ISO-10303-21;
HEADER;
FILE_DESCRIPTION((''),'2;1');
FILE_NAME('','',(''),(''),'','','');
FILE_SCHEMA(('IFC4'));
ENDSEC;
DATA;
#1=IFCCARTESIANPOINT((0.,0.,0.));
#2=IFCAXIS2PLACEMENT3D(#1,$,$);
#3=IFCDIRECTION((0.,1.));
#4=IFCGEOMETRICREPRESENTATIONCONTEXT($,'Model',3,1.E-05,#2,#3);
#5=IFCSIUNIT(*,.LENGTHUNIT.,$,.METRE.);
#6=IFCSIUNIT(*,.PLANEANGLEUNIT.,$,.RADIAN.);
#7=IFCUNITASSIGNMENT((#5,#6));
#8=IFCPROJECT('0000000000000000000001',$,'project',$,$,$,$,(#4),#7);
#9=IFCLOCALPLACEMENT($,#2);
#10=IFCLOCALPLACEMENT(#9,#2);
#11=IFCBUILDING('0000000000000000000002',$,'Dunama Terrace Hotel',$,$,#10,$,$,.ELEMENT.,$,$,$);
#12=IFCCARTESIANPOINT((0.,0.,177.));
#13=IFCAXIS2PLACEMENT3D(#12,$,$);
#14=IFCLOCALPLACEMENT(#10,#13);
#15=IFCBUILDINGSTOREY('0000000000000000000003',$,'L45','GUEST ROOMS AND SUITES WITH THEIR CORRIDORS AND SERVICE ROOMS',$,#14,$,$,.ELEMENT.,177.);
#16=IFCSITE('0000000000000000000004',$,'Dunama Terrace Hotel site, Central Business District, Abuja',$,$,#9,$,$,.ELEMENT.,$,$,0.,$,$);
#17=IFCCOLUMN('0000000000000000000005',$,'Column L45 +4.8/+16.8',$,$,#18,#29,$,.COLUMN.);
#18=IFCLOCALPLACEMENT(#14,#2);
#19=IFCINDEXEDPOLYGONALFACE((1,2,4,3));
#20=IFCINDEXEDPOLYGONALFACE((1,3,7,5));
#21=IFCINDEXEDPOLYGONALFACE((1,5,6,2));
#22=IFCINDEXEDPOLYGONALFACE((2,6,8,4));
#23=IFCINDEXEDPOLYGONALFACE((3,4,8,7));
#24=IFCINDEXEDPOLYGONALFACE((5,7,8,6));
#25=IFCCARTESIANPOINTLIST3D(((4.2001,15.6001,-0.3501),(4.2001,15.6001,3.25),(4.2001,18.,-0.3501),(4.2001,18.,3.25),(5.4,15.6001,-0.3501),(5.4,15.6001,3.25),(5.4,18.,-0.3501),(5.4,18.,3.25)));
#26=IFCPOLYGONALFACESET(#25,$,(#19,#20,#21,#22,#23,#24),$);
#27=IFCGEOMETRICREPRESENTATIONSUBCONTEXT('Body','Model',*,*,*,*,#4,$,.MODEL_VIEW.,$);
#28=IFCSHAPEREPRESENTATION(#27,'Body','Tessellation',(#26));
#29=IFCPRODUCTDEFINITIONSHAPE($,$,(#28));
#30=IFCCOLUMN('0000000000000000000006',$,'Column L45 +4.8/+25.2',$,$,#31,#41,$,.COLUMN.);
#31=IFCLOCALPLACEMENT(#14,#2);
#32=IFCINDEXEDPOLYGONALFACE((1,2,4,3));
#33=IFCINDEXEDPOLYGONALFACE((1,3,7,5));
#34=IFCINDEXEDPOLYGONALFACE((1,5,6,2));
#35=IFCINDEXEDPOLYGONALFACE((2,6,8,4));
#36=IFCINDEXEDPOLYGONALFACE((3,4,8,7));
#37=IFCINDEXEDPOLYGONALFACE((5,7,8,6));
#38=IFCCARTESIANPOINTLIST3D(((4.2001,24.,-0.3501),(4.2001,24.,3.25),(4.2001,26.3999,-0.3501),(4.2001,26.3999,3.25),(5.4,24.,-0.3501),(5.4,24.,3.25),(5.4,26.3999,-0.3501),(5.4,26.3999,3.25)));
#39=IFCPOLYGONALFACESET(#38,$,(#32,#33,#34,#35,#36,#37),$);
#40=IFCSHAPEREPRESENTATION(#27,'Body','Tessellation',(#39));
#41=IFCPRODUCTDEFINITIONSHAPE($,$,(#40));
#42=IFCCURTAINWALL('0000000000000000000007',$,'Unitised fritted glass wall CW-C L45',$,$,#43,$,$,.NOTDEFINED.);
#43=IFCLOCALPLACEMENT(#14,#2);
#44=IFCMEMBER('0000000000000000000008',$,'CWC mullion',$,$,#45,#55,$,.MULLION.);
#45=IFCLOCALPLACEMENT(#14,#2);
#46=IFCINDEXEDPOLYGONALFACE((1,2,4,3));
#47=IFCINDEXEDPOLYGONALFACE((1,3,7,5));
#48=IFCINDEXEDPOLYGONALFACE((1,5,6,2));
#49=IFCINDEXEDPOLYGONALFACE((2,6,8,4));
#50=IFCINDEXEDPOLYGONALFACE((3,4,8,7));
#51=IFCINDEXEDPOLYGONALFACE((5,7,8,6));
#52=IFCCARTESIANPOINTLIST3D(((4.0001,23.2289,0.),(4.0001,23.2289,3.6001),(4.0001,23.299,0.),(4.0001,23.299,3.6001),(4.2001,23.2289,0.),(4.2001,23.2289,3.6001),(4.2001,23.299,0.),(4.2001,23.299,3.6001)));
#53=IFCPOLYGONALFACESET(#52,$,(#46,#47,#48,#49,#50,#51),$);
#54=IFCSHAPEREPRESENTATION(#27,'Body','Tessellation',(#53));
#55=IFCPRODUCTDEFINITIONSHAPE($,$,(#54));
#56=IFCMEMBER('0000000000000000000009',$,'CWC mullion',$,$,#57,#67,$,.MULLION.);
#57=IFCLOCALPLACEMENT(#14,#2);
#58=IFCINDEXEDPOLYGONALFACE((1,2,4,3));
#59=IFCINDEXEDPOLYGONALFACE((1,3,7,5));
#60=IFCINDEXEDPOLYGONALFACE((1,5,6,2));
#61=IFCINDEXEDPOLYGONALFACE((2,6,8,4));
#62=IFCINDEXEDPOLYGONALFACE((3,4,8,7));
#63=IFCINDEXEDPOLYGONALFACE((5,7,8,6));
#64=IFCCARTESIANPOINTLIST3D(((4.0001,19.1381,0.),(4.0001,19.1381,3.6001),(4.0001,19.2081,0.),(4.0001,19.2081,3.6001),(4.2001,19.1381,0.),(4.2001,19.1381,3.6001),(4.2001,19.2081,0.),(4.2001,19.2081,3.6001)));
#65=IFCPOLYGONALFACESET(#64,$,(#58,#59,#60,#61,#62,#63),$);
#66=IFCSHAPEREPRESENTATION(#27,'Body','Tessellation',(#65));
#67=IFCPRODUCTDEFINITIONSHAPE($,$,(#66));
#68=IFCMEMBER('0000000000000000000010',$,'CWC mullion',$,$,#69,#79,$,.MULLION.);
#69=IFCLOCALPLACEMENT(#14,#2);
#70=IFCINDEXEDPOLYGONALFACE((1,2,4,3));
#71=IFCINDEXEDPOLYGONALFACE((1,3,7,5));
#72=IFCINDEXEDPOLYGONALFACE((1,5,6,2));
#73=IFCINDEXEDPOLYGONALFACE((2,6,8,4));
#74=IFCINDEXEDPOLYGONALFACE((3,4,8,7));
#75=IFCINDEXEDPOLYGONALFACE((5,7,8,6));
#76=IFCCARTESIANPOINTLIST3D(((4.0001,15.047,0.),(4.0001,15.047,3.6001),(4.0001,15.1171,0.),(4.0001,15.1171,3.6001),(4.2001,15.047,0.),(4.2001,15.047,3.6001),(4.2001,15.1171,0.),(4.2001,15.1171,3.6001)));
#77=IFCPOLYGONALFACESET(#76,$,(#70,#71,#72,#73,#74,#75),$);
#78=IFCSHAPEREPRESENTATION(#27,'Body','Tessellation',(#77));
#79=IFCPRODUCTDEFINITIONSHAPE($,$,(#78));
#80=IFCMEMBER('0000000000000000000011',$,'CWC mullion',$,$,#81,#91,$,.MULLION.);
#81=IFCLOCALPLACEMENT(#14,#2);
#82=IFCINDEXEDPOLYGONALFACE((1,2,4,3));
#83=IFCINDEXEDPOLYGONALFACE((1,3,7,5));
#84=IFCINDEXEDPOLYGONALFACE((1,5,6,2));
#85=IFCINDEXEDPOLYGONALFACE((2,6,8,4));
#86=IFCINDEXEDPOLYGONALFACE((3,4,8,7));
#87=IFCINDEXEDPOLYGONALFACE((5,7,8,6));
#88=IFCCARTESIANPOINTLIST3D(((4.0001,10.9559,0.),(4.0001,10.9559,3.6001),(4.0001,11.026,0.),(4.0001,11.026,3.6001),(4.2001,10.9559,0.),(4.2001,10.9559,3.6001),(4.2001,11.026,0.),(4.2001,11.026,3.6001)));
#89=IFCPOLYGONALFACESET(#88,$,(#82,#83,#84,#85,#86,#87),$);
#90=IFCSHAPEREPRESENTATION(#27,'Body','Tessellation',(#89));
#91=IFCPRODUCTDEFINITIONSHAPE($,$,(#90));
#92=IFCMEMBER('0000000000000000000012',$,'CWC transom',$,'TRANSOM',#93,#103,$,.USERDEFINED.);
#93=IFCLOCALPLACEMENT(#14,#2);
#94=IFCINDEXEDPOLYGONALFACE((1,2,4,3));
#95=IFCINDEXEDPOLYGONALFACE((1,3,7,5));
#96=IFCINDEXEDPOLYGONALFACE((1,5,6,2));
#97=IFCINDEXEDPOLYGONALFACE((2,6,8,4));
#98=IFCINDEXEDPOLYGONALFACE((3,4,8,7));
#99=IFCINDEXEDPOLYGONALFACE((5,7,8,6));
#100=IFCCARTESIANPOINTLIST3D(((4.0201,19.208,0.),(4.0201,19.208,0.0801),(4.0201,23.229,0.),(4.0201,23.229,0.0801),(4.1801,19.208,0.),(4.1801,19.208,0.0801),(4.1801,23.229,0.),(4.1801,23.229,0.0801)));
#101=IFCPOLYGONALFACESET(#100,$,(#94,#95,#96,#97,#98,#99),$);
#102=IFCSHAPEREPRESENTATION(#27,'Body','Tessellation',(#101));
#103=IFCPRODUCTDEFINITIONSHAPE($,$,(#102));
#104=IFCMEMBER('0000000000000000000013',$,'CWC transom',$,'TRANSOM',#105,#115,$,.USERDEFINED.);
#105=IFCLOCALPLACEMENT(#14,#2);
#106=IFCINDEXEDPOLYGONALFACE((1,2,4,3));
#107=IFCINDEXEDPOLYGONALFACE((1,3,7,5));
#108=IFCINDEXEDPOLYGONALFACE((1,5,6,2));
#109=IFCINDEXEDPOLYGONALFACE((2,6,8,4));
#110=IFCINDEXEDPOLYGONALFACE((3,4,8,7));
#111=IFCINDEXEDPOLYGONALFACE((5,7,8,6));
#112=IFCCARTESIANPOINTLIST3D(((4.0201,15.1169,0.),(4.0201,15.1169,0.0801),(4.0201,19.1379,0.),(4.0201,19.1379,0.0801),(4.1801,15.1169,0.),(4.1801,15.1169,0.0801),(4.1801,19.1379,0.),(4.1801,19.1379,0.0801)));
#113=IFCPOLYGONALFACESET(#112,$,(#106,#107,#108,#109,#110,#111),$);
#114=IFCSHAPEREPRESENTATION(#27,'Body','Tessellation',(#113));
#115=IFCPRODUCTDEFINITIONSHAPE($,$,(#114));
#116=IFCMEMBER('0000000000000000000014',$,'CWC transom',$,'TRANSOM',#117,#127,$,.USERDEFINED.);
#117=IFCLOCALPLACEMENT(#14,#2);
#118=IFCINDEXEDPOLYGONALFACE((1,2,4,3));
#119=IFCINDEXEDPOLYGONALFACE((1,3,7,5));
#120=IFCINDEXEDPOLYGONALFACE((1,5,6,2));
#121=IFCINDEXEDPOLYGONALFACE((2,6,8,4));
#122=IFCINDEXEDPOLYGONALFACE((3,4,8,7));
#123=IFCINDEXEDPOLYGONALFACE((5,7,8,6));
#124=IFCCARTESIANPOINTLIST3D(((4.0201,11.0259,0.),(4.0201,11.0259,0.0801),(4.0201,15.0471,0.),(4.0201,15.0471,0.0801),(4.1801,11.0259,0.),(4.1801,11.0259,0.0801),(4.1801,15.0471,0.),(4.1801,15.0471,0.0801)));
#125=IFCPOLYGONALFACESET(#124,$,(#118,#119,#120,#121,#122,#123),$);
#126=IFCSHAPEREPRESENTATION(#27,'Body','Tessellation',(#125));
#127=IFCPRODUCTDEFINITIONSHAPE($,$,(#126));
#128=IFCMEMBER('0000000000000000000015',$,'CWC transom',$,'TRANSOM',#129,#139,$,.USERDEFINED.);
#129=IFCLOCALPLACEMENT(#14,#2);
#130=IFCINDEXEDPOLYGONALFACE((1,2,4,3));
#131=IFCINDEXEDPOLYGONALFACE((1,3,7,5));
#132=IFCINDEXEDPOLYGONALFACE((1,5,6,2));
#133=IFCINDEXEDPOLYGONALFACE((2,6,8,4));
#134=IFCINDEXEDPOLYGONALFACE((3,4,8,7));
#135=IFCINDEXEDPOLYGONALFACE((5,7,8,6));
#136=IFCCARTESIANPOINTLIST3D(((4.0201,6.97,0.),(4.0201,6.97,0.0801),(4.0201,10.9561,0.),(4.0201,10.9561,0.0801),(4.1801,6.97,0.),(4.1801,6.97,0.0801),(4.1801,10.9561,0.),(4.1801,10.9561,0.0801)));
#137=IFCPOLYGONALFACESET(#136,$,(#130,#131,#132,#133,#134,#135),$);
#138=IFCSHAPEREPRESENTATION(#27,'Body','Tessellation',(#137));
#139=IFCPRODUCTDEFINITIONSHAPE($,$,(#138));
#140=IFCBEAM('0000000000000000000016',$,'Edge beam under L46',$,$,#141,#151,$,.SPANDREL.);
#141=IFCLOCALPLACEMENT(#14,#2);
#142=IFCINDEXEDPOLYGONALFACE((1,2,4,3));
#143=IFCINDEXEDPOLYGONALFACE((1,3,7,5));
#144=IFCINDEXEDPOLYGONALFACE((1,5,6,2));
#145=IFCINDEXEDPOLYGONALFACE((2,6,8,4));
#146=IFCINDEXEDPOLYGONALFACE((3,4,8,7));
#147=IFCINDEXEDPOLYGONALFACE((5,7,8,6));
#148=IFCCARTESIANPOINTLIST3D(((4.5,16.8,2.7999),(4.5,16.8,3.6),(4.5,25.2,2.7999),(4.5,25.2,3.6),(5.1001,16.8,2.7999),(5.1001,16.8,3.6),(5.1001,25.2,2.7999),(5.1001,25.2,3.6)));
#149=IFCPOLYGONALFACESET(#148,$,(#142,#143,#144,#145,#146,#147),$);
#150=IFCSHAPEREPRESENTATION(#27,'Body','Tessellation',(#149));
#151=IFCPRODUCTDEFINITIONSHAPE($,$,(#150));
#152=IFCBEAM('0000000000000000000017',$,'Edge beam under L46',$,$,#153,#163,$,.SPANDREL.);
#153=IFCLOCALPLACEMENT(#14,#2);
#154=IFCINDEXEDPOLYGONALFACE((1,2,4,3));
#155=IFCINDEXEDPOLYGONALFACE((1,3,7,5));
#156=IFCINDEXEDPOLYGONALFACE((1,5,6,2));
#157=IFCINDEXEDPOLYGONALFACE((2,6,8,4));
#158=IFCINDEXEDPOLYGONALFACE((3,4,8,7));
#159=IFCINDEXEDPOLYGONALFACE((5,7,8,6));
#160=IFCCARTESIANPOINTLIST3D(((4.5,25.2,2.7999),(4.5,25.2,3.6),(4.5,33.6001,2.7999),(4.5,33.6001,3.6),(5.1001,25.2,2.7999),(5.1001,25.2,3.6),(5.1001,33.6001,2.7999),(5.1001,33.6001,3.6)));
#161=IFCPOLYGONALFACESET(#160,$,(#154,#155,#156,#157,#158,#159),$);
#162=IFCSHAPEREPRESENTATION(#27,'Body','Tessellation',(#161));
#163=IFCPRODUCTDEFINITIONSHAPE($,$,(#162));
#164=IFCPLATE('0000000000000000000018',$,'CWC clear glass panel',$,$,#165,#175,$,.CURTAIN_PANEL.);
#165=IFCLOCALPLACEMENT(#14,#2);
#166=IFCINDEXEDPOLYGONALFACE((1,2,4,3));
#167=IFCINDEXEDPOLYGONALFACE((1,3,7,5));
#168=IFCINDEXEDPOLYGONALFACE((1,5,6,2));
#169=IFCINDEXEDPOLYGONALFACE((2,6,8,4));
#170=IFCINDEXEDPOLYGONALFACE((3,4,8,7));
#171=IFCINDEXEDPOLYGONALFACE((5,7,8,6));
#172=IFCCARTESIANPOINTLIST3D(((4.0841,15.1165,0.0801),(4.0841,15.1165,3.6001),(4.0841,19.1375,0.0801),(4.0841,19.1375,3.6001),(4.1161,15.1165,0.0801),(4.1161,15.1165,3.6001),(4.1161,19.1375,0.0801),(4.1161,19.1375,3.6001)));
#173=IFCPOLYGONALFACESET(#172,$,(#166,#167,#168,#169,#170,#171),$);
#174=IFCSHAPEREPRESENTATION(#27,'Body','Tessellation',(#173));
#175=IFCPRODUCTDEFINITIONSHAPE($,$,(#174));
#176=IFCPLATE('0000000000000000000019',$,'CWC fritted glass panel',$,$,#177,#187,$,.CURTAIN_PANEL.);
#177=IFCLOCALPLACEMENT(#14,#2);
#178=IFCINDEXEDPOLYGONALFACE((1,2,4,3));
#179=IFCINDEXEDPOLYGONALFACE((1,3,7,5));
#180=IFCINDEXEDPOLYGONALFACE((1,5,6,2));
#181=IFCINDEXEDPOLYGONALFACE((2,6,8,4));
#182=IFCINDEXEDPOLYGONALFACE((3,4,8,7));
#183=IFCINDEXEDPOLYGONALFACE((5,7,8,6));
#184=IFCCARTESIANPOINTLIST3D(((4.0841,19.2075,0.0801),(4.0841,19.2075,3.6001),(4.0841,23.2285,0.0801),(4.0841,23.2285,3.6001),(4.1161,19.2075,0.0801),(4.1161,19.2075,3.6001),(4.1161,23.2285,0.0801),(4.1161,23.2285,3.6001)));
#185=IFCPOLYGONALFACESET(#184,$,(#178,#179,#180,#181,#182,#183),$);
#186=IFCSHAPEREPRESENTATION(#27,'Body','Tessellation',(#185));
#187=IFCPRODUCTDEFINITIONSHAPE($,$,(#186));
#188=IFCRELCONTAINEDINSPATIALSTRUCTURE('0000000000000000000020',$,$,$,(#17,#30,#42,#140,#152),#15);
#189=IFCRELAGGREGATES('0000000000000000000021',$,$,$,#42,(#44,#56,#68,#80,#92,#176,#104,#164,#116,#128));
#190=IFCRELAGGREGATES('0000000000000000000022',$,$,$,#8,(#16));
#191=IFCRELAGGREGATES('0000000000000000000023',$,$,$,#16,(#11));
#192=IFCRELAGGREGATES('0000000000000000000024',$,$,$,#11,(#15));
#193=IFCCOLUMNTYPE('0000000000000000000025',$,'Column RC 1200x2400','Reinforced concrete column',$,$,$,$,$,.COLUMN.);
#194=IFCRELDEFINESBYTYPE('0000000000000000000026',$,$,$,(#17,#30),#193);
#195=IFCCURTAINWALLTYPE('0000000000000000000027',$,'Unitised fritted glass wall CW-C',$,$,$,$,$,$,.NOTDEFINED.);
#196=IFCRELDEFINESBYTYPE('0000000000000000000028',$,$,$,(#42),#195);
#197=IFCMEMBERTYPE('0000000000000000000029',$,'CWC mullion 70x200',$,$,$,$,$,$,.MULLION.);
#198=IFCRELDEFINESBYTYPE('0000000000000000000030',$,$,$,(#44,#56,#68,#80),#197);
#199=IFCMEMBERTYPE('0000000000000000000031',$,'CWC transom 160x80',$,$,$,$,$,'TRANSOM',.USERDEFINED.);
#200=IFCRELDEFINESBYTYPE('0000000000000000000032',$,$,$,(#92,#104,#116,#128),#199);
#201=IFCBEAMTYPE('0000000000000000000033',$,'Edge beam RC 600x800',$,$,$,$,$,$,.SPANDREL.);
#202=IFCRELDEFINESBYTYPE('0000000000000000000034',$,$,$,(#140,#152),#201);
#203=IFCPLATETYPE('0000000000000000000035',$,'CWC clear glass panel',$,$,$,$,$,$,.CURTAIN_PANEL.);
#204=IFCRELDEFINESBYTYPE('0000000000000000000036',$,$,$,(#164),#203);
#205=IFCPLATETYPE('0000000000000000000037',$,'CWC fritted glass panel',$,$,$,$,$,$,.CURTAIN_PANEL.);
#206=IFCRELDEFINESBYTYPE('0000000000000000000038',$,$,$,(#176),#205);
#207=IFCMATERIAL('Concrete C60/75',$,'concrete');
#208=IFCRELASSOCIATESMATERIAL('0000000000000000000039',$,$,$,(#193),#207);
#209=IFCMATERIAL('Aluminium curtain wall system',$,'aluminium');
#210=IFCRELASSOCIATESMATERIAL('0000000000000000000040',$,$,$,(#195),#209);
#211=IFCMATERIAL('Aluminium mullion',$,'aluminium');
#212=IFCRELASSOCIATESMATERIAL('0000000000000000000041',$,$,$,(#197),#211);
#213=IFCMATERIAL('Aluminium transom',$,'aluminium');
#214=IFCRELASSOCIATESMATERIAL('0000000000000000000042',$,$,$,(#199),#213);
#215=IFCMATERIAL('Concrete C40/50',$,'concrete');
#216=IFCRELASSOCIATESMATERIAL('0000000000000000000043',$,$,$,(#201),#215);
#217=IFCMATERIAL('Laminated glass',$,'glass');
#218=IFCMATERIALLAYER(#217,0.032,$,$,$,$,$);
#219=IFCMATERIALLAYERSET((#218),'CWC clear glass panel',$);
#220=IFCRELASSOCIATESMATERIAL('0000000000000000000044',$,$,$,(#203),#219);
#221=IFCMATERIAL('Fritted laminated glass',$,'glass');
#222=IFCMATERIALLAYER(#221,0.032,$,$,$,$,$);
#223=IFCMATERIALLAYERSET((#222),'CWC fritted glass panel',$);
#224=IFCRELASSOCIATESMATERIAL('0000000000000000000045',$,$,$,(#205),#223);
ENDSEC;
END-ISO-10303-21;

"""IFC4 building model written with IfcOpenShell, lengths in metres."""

from ifc_helpers import new_model, si_unit, direction, frame, origin, origin_2d, place, context, subcontext, project, spatial, rectangle, extrude, material, layer, layer_set, material_profile, profile_set, type_object, element, aggregate, save


model = new_model("IFC4")

# Units and contexts
model_context = context("Model", 3, precision=1e-05, world=origin(), true_north=direction((0.0, 1.0)))
body_context = subcontext(model_context, "Body", "Model", "MODEL_VIEW")
ifc_project = project(units=[si_unit("LENGTHUNIT", "METRE"), si_unit("PLANEANGLEUNIT", "RADIAN")], contexts=[model_context])

# Site, building, storey
site_placement = place(None, origin())
site = spatial("IfcSite", under=ifc_project, at=site_placement, Name="Dunama Terrace Hotel site, Central Business District, Abuja", CompositionType="ELEMENT", RefElevation=0.0)
building_placement = place(site_placement, origin())
building = spatial("IfcBuilding", under=site, at=building_placement, Name="Dunama Terrace Hotel", CompositionType="ELEMENT")
storey_placement = place(building_placement, frame((0.0, 0.0, 177.0)))
storey = spatial("IfcBuildingStorey", under=building, at=storey_placement, Name="L45", Description="GUEST ROOMS AND SUITES WITH THEIR CORRIDORS AND SERVICE ROOMS", CompositionType="ELEMENT", Elevation=177.0)

# Columns
ifc_material_1 = material(Name="Concrete C60/75", Category="concrete")
ifc_material_profile_1 = material_profile(ifc_material_1, rectangle(XDim=1.2, YDim=2.3999, at=origin_2d()), Name="RC 1200x2400")
ifc_profile_set_1 = profile_set([ifc_material_profile_1], Name="Concrete C60/75")
column_type = type_object("IfcColumnType", Name="Column RC 1200x2400", Description="Reinforced concrete column", PredefinedType="COLUMN", material=ifc_profile_set_1)
for number, where, z_axis, x_axis, name in (
    (1, (4.8, 16.8, -0.3501), (0.0, 0.0, 1.0), (1.0, 0.0, 0.0), "Column L45 +4.8/+16.8"),
    (2, (4.8, 25.2, -0.3501), (0.0, 0.0, 1.0), (1.0, 0.0, 0.0), "Column L45 +4.8/+25.2"),
):
    element("IfcColumn", number, at=place(storey_placement, frame(where, z_axis=z_axis, x_axis=x_axis)), inside=storey, type_object=column_type, Name=name, PredefinedType="COLUMN", context=body_context, shape_type="SweptSolid", body=[
        extrude(rectangle(XDim=1.2, YDim=2.3999, at=origin_2d()), origin(), (0.0, 0.0, 1.0), 3.6001),
    ])

# Curtain wall, members
ifc_material_2 = material(Name="Aluminium curtain wall system", Category="aluminium")
curtain_wall_type = type_object("IfcCurtainWallType", Name="Unitised fritted glass wall CW-C", PredefinedType="NOTDEFINED", material=ifc_material_2)
curtain_wall_placement = place(storey_placement, origin())
curtain_wall = element("IfcCurtainWall", 3, at=curtain_wall_placement, inside=storey, type_object=curtain_wall_type, Name="Unitised fritted glass wall CW-C L45", PredefinedType="NOTDEFINED")
ifc_material_3 = material(Name="Aluminium mullion", Category="aluminium")
ifc_material_profile_2 = material_profile(ifc_material_3, rectangle(XDim=0.0701, YDim=0.2, at=origin_2d()), Name="CWC MULLION 70X200")
ifc_profile_set_2 = profile_set([ifc_material_profile_2], Name="Aluminium mullion")
member_type_1 = type_object("IfcMemberType", Name="CWC mullion 70x200", PredefinedType="MULLION", material=ifc_profile_set_2)
member_1_placement = place(storey_placement, frame((4.1001, 23.2639, 0.0), z_axis=(0.0, 0.0, 1.0), x_axis=(0.0, -1.0, 0.0)))
member_1 = element("IfcMember", 4, at=member_1_placement, type_object=member_type_1, Name="CWC mullion", PredefinedType="MULLION", context=body_context, shape_type="SweptSolid", body=[
    extrude(rectangle(XDim=0.0701, YDim=0.2, at=origin_2d()), origin(), (0.0, 0.0, 1.0), 3.6001),
])
member_2_placement = place(storey_placement, frame((4.1001, 19.1731, 0.0), z_axis=(0.0, 0.0, 1.0), x_axis=(0.0, -1.0, 0.0)))
member_2 = element("IfcMember", 5, at=member_2_placement, type_object=member_type_1, Name="CWC mullion", PredefinedType="MULLION", context=body_context, shape_type="SweptSolid", body=[
    extrude(rectangle(XDim=0.0701, YDim=0.2, at=origin_2d()), origin(), (0.0, 0.0, 1.0), 3.6001),
])
member_3_placement = place(storey_placement, frame((4.1001, 15.082, 0.0), z_axis=(0.0, 0.0, 1.0), x_axis=(0.0, -1.0, 0.0)))
member_3 = element("IfcMember", 6, at=member_3_placement, type_object=member_type_1, Name="CWC mullion", PredefinedType="MULLION", context=body_context, shape_type="SweptSolid", body=[
    extrude(rectangle(XDim=0.0701, YDim=0.2, at=origin_2d()), origin(), (0.0, 0.0, 1.0), 3.6001),
])
member_4_placement = place(storey_placement, frame((4.1001, 10.991, 0.0), z_axis=(0.0, 0.0, 1.0), x_axis=(0.0, -1.0, 0.0)))
member_4 = element("IfcMember", 7, at=member_4_placement, type_object=member_type_1, Name="CWC mullion", PredefinedType="MULLION", context=body_context, shape_type="SweptSolid", body=[
    extrude(rectangle(XDim=0.0701, YDim=0.2, at=origin_2d()), origin(), (0.0, 0.0, 1.0), 3.6001),
])
ifc_material_4 = material(Name="Aluminium transom", Category="aluminium")
ifc_material_profile_3 = material_profile(ifc_material_4, rectangle(XDim=0.1599, YDim=0.0801, at=origin_2d()), Name="CWC TRANSOM 160X80")
ifc_profile_set_3 = profile_set([ifc_material_profile_3], Name="Aluminium transom")
member_type_2 = type_object("IfcMemberType", Name="CWC transom 160x80", ElementType="TRANSOM", PredefinedType="USERDEFINED", material=ifc_profile_set_3)
member_5_placement = place(storey_placement, frame((4.1001, 23.229, 0.04), z_axis=(0.0, -1.0, 0.0), x_axis=(1.0, 0.0, 0.0)))
member_5 = element("IfcMember", 8, at=member_5_placement, type_object=member_type_2, Name="CWC transom", ObjectType="TRANSOM", PredefinedType="USERDEFINED", context=body_context, shape_type="SweptSolid", body=[
    extrude(rectangle(XDim=0.1599, YDim=0.0801, at=origin_2d()), origin(), (0.0, 0.0, 1.0), 4.021),
])
member_6_placement = place(storey_placement, frame((4.1001, 19.1379, 0.04), z_axis=(0.0, -1.0, 0.0), x_axis=(1.0, 0.0, 0.0)))
member_6 = element("IfcMember", 9, at=member_6_placement, type_object=member_type_2, Name="CWC transom", ObjectType="TRANSOM", PredefinedType="USERDEFINED", context=body_context, shape_type="SweptSolid", body=[
    extrude(rectangle(XDim=0.1599, YDim=0.0801, at=origin_2d()), origin(), (0.0, 0.0, 1.0), 4.021),
])
member_7_placement = place(storey_placement, frame((4.1001, 15.0471, 0.04), z_axis=(0.0, -1.0, 0.0), x_axis=(1.0, 0.0, 0.0)))
member_7 = element("IfcMember", 10, at=member_7_placement, type_object=member_type_2, Name="CWC transom", ObjectType="TRANSOM", PredefinedType="USERDEFINED", context=body_context, shape_type="SweptSolid", body=[
    extrude(rectangle(XDim=0.1599, YDim=0.0801, at=origin_2d()), origin(), (0.0, 0.0, 1.0), 4.0212),
])
member_8_placement = place(storey_placement, frame((4.1001, 10.9561, 0.04), z_axis=(0.0, -1.0, 0.0), x_axis=(1.0, 0.0, 0.0)))
member_8 = element("IfcMember", 11, at=member_8_placement, type_object=member_type_2, Name="CWC transom", ObjectType="TRANSOM", PredefinedType="USERDEFINED", context=body_context, shape_type="SweptSolid", body=[
    extrude(rectangle(XDim=0.1599, YDim=0.0801, at=origin_2d()), origin(), (0.0, 0.0, 1.0), 3.9861),
])

# Beams
ifc_material_5 = material(Name="Concrete C40/50", Category="concrete")
ifc_material_profile_4 = material_profile(ifc_material_5, rectangle(XDim=0.6001, YDim=0.8, at=origin_2d()), Name="RC 600x800")
ifc_profile_set_4 = profile_set([ifc_material_profile_4], Name="Concrete C40/50")
beam_type = type_object("IfcBeamType", Name="Edge beam RC 600x800", PredefinedType="SPANDREL", material=ifc_profile_set_4)
beam_1_placement = place(storey_placement, frame((4.8, 16.8, 3.2), z_axis=(0.0, 1.0, 0.0), x_axis=(-1.0, 0.0, 0.0)))
element("IfcBeam", 12, at=beam_1_placement, inside=storey, type_object=beam_type, Name="Edge beam under L46", PredefinedType="SPANDREL", context=body_context, shape_type="SweptSolid", body=[
    extrude(rectangle(XDim=0.6001, YDim=0.8, at=origin_2d()), origin(), (0.0, 0.0, 1.0), 8.3999),
])
beam_2_placement = place(storey_placement, frame((4.8, 25.2, 3.2), z_axis=(0.0, 1.0, 0.0), x_axis=(-1.0, 0.0, 0.0)))
element("IfcBeam", 13, at=beam_2_placement, inside=storey, type_object=beam_type, Name="Edge beam under L46", PredefinedType="SPANDREL", context=body_context, shape_type="SweptSolid", body=[
    extrude(rectangle(XDim=0.6001, YDim=0.8, at=origin_2d()), origin(), (0.0, 0.0, 1.0), 8.4001),
])

# Plates
ifc_material_6 = material(Name="Laminated glass", Category="glass")
ifc_layer_1 = layer(ifc_material_6, 0.032)
ifc_layer_set_1 = layer_set([ifc_layer_1], Name="CWC clear glass panel")
plate_type_1 = type_object("IfcPlateType", Name="CWC clear glass panel", PredefinedType="CURTAIN_PANEL", material=ifc_layer_set_1)
plate_1_placement = place(storey_placement, frame((4.1001, 17.127, 0.0801), z_axis=(0.0, 0.0, 1.0), x_axis=(0.0, -1.0, 0.0)))
plate_1 = element("IfcPlate", 14, at=plate_1_placement, type_object=plate_type_1, Name="CWC clear glass panel", PredefinedType="CURTAIN_PANEL", context=body_context, shape_type="SweptSolid", body=[
    extrude(rectangle(XDim=4.021, YDim=0.032, at=origin_2d()), origin(), (0.0, 0.0, 1.0), 3.52),
])
ifc_material_7 = material(Name="Fritted laminated glass", Category="glass")
ifc_layer_2 = layer(ifc_material_7, 0.032)
ifc_layer_set_2 = layer_set([ifc_layer_2], Name="CWC fritted glass panel")
plate_type_2 = type_object("IfcPlateType", Name="CWC fritted glass panel", PredefinedType="CURTAIN_PANEL", material=ifc_layer_set_2)
plate_2_placement = place(storey_placement, frame((4.1001, 21.218, 0.0801), z_axis=(0.0, 0.0, 1.0), x_axis=(0.0, -1.0, 0.0)))
plate_2 = element("IfcPlate", 15, at=plate_2_placement, type_object=plate_type_2, Name="CWC fritted glass panel", PredefinedType="CURTAIN_PANEL", context=body_context, shape_type="SweptSolid", body=[
    extrude(rectangle(XDim=4.021, YDim=0.032, at=origin_2d()), origin(), (0.0, 0.0, 1.0), 3.52),
])
aggregate(curtain_wall, [member_1, member_2, member_3, member_4, member_5, plate_2, member_6, plate_1, member_7, member_8])

save(model, "model.ifc")
